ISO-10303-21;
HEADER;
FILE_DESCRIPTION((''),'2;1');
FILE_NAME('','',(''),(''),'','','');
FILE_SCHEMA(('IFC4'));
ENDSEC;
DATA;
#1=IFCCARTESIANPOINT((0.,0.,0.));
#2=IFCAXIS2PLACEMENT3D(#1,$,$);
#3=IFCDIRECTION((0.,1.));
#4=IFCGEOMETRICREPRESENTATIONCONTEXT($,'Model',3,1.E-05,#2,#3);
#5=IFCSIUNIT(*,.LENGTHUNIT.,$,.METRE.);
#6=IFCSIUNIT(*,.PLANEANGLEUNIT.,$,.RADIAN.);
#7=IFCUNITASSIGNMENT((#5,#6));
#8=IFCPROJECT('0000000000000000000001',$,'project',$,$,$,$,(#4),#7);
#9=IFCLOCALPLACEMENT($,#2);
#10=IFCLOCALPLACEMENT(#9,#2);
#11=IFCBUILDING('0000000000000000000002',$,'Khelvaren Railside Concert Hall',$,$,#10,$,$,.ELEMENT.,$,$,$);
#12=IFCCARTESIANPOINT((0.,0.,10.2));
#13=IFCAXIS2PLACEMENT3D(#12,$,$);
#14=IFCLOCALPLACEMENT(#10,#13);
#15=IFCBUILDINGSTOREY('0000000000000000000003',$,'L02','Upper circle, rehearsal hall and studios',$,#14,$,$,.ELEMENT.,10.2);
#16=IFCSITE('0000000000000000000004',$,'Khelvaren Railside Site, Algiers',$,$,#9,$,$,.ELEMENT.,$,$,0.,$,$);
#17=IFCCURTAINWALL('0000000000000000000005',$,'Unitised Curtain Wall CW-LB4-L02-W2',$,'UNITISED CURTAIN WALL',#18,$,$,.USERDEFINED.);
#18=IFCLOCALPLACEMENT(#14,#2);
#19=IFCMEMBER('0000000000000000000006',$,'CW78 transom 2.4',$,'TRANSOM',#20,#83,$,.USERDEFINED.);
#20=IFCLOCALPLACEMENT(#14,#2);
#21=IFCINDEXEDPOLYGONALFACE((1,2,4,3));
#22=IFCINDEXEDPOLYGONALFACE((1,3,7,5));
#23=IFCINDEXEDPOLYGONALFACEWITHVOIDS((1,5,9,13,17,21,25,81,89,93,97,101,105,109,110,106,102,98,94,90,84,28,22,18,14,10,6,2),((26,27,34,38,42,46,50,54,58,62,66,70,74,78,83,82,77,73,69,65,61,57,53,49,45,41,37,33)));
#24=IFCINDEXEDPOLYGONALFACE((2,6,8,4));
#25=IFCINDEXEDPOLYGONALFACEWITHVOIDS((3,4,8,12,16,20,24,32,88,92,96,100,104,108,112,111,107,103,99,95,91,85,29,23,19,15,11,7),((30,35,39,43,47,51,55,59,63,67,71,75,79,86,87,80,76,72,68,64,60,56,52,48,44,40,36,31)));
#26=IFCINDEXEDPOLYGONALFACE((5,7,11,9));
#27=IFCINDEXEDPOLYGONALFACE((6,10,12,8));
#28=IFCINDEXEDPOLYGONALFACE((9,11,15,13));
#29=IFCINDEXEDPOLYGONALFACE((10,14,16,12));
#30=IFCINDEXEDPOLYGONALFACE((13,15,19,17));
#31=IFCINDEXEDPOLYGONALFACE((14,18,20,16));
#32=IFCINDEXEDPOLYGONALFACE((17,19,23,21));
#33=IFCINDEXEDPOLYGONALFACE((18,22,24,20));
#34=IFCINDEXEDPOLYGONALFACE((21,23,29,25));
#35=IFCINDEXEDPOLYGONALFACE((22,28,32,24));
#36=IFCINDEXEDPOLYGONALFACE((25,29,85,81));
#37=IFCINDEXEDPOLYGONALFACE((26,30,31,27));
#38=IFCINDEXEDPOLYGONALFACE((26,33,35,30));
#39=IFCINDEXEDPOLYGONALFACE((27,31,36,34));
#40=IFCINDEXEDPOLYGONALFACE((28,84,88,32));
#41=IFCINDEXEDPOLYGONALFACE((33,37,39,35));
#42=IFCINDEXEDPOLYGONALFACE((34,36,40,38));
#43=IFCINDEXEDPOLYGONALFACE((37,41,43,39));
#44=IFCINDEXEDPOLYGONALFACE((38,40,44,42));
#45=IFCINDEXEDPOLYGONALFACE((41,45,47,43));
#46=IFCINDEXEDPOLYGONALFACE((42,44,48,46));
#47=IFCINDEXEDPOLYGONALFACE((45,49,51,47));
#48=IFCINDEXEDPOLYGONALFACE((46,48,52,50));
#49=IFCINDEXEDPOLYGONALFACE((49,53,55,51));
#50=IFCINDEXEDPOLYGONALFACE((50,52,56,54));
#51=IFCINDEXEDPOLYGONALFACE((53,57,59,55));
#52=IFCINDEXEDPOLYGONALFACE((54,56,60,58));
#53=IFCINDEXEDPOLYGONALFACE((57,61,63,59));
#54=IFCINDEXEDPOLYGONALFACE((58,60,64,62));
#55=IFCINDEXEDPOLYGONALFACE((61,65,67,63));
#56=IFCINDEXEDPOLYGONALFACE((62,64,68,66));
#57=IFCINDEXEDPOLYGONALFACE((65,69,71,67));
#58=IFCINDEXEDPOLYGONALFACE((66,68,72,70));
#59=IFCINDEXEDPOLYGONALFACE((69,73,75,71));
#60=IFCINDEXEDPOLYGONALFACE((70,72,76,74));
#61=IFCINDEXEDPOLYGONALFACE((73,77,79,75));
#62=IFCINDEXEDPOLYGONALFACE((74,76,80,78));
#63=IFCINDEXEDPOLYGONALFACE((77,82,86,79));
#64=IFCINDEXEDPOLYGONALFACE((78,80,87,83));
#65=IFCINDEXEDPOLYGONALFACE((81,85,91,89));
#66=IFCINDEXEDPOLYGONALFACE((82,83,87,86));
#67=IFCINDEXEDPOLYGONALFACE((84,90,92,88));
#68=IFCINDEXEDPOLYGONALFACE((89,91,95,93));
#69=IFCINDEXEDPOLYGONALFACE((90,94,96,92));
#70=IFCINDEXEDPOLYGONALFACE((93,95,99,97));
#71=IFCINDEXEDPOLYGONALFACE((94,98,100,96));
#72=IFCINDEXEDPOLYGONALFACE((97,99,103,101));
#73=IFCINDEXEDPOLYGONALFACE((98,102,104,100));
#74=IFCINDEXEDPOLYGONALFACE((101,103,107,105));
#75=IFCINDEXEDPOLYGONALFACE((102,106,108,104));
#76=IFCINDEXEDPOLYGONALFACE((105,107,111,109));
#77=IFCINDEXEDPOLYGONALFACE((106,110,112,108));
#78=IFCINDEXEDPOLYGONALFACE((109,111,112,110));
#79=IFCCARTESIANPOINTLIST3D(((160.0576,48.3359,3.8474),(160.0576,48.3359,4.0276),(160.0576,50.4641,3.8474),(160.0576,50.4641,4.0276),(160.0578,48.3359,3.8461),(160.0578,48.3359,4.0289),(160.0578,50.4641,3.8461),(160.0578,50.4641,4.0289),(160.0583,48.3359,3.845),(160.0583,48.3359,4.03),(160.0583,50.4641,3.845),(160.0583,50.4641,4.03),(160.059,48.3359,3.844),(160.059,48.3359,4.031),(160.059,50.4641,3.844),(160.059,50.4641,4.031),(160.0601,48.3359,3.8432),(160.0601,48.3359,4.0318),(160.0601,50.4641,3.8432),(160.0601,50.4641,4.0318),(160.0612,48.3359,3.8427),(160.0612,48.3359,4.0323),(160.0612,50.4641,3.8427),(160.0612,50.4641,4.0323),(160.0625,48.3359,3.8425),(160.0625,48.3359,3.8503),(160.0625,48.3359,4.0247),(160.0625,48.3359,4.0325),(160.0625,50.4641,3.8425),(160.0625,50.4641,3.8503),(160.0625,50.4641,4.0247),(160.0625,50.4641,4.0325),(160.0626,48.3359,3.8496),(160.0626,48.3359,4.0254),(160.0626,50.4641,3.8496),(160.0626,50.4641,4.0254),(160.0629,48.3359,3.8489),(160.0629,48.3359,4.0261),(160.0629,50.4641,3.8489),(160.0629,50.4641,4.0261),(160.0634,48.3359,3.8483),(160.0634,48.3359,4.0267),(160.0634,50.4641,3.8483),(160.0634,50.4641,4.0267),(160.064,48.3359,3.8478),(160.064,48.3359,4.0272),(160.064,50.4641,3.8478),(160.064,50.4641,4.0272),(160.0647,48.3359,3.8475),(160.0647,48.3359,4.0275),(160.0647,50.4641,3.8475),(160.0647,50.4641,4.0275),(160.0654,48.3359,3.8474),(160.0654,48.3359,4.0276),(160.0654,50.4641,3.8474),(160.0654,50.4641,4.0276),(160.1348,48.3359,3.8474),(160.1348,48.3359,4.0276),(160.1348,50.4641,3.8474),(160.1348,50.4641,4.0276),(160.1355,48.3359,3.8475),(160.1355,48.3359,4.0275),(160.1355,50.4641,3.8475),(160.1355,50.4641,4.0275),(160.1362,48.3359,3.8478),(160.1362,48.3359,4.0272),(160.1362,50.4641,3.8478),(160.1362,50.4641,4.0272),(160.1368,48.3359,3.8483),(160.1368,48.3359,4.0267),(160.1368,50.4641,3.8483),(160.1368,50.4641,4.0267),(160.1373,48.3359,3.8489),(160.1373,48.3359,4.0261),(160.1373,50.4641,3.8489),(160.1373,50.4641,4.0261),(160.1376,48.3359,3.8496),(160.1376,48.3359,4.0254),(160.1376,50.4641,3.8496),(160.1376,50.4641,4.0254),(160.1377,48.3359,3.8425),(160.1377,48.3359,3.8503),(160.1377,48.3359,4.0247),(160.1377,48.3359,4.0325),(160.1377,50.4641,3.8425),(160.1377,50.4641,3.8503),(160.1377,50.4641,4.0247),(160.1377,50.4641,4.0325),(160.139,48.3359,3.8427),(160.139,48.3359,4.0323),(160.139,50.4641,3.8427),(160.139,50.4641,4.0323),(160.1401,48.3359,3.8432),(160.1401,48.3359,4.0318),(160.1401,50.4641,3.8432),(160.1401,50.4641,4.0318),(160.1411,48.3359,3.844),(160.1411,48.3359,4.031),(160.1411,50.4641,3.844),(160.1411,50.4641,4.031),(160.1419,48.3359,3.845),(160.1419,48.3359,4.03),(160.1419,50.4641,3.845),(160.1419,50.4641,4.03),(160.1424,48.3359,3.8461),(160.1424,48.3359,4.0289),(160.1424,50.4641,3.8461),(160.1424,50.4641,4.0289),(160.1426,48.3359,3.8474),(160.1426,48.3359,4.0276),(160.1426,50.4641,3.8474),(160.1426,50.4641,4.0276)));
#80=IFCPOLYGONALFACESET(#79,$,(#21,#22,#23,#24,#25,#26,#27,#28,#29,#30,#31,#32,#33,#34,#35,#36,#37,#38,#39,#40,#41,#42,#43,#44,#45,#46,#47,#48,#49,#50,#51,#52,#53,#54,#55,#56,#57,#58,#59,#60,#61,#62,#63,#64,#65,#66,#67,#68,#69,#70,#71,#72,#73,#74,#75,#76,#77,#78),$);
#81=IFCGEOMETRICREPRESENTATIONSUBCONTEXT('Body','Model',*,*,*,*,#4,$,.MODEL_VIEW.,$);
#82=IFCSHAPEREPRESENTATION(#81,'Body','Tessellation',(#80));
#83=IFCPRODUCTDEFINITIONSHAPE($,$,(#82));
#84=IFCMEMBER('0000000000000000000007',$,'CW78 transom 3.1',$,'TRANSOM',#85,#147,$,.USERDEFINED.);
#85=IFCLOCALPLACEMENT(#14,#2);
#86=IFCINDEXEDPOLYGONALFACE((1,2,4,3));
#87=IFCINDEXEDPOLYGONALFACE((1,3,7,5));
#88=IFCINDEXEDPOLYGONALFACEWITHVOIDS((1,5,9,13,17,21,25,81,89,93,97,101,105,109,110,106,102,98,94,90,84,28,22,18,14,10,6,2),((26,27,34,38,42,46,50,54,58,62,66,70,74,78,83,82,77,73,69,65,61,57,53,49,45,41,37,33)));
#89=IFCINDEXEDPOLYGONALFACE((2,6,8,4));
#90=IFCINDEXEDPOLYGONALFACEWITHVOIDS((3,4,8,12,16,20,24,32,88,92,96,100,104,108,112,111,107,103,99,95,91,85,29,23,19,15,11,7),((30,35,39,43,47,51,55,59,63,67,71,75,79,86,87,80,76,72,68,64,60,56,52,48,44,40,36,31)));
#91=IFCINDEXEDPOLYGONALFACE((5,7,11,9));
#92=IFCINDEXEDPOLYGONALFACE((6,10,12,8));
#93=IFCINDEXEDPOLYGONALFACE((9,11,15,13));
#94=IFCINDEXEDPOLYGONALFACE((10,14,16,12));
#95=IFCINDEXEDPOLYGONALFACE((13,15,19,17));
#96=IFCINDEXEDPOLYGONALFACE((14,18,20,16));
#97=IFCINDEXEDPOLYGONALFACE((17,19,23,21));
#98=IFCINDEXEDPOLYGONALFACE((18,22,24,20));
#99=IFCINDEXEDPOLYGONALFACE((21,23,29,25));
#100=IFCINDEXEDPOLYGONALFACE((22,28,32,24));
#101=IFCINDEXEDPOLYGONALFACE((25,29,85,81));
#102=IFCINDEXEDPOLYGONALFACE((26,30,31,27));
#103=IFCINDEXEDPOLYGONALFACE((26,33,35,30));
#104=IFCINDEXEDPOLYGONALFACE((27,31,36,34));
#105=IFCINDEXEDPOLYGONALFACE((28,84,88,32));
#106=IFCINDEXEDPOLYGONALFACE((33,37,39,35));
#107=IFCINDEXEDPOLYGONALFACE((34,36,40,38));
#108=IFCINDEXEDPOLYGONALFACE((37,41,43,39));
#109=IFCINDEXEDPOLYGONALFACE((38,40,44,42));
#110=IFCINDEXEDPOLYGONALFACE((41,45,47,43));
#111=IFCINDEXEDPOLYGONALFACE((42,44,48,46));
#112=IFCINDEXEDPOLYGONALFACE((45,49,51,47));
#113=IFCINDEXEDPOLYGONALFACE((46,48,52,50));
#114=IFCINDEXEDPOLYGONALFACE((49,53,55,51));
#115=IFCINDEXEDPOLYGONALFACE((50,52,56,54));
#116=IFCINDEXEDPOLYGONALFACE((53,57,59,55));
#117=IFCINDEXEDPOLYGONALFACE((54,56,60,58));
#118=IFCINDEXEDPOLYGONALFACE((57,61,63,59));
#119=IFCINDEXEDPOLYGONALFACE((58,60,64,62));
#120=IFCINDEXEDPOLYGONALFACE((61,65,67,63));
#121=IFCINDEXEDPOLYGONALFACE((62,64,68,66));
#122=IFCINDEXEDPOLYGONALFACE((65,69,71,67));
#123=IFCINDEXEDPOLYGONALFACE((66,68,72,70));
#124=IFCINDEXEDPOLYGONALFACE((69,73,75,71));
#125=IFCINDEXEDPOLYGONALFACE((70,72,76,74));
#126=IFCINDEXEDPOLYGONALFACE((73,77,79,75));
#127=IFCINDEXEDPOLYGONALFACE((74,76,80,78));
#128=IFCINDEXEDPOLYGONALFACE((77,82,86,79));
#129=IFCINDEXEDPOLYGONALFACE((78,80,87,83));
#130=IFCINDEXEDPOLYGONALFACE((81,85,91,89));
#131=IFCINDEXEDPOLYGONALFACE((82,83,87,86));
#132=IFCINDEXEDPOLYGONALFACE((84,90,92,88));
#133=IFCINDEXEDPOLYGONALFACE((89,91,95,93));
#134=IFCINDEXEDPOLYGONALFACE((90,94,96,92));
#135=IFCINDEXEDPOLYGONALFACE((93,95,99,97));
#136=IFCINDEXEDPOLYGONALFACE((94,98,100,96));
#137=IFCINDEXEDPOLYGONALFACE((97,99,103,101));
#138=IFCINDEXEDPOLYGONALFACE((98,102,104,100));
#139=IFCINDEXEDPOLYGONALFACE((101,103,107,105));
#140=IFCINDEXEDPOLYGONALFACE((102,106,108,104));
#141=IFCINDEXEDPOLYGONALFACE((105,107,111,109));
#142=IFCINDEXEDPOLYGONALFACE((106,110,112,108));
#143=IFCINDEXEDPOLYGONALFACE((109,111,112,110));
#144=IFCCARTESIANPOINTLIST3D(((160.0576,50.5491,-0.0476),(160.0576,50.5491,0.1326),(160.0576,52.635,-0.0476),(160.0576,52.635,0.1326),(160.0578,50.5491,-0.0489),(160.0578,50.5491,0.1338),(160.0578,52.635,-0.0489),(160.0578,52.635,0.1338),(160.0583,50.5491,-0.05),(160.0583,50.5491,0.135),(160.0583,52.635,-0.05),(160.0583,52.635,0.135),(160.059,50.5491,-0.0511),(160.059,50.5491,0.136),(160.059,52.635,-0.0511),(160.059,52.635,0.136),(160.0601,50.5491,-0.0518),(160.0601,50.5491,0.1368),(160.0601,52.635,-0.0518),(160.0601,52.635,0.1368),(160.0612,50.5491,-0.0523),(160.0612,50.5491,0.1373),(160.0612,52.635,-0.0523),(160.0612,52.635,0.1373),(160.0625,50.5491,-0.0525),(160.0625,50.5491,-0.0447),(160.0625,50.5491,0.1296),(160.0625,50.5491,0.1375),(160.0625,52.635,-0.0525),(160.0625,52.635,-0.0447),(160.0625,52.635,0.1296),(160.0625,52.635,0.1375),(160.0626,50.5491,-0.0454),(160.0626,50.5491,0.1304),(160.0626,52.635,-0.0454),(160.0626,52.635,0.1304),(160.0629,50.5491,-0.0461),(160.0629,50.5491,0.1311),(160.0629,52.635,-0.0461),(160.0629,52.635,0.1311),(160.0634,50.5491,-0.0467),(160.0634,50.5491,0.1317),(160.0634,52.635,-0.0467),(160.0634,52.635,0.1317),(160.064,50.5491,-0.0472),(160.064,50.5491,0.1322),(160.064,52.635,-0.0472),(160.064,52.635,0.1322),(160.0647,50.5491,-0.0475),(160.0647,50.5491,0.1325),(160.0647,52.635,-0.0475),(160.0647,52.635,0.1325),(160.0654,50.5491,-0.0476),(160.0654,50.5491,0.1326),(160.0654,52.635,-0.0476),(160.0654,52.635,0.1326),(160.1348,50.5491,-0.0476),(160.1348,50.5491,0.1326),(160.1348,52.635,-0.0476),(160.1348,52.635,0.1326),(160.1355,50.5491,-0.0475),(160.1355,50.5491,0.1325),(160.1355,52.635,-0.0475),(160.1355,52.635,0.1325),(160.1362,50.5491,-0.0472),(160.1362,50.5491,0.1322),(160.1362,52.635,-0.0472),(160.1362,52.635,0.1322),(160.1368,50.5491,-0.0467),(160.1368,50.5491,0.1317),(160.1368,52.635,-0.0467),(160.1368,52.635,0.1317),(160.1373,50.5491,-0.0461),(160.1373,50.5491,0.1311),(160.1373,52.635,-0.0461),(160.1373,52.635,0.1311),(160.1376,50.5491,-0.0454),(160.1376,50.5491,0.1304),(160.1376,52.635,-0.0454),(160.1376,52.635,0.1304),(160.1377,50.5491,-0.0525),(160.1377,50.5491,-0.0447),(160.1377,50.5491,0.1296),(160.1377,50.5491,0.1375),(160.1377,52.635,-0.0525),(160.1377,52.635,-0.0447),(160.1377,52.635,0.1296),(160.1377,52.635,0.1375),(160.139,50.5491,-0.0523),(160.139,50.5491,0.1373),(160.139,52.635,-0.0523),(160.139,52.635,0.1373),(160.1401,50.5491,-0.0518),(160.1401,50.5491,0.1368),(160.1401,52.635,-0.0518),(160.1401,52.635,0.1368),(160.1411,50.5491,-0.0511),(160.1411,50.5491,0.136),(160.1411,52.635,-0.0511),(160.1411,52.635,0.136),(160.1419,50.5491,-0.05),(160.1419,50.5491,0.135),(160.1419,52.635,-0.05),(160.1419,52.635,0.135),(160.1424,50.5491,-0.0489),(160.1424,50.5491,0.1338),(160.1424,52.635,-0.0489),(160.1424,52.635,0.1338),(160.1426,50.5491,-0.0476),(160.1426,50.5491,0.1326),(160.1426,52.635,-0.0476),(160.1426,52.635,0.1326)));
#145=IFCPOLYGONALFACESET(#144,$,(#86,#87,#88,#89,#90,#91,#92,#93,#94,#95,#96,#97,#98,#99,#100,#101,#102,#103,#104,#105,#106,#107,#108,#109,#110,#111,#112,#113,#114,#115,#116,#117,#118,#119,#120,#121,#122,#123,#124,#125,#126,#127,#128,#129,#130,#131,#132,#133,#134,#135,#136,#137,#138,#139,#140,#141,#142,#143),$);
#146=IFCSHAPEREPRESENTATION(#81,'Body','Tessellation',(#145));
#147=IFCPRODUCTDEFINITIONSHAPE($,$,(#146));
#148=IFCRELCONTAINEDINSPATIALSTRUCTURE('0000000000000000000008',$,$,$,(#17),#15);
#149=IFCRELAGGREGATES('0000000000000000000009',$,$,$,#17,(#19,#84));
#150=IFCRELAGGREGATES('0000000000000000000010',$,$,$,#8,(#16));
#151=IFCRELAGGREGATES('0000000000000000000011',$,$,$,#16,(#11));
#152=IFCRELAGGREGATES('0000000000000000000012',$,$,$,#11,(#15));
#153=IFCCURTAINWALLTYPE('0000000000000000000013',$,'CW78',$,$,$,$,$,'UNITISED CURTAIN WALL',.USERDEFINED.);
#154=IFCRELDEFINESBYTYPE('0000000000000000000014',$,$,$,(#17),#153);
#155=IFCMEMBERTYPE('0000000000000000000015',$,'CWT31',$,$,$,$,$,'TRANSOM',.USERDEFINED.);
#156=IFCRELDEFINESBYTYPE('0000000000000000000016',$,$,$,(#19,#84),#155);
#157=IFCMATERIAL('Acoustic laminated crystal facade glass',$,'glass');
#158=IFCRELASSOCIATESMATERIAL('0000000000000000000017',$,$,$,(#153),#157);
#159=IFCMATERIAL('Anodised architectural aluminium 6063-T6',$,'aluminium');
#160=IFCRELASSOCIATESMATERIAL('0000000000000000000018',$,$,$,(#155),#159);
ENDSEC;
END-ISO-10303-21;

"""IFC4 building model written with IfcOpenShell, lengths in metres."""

from ifc_helpers import new_model, si_unit, direction, frame, origin, origin_2d, place, context, subcontext, project, spatial, hollow_rectangle, extrude, material, material_profile, profile_set, type_object, element, aggregate, save


model = new_model("IFC4")

# Units and contexts
model_context = context("Model", 3, precision=1e-05, world=origin(), true_north=direction((0.0, 1.0)))
body_context = subcontext(model_context, "Body", "Model", "MODEL_VIEW")
ifc_project = project(units=[si_unit("LENGTHUNIT", "METRE"), si_unit("PLANEANGLEUNIT", "RADIAN")], contexts=[model_context])

# Site, building, storey
site_placement = place(None, origin())
site = spatial("IfcSite", under=ifc_project, at=site_placement, Name="Khelvaren Railside Site, Algiers", CompositionType="ELEMENT", RefElevation=0.0)
building_placement = place(site_placement, origin())
building = spatial("IfcBuilding", under=site, at=building_placement, Name="Khelvaren Railside Concert Hall", CompositionType="ELEMENT")
storey_placement = place(building_placement, frame((0.0, 0.0, 10.2)))
storey = spatial("IfcBuildingStorey", under=building, at=storey_placement, Name="L02", Description="Upper circle, rehearsal hall and studios", CompositionType="ELEMENT", Elevation=10.2)

# Curtain wall, members
ifc_material_1 = material(Name="Acoustic laminated crystal facade glass", Category="glass")
curtain_wall_type = type_object("IfcCurtainWallType", Name="CW78", ElementType="UNITISED CURTAIN WALL", PredefinedType="USERDEFINED", material=ifc_material_1)
curtain_wall_placement = place(storey_placement, origin())
curtain_wall = element("IfcCurtainWall", 1, at=curtain_wall_placement, inside=storey, type_object=curtain_wall_type, Name="Unitised Curtain Wall CW-LB4-L02-W2", ObjectType="UNITISED CURTAIN WALL", PredefinedType="USERDEFINED")
ifc_material_2 = material(Name="Anodised architectural aluminium 6063-T6", Category="aluminium")
ifc_material_profile_1 = material_profile(ifc_material_2, hollow_rectangle(XDim=0.085, YDim=0.1899, WallThickness=0.0049, InnerFilletRadius=0.0029, OuterFilletRadius=0.0049, at=origin_2d()), Name="CWT 85x190x5")
ifc_profile_set_1 = profile_set([ifc_material_profile_1], Name="Anodised architectural aluminium 6063-T6")
member_type_1 = type_object("IfcMemberType", Name="CWT31", ElementType="TRANSOM", PredefinedType="USERDEFINED", material=ifc_profile_set_1)
member_1_placement = place(storey_placement, frame((160.1001, 48.3359, 3.9375), z_axis=(0.0, 1.0, 0.0), x_axis=(-1.0, 0.0, 0.0)))
member_1 = element("IfcMember", 2, at=member_1_placement, type_object=member_type_1, Name="CW78 transom 2.4", ObjectType="TRANSOM", PredefinedType="USERDEFINED", context=body_context, shape_type="SweptSolid", body=[
    extrude(hollow_rectangle(XDim=0.085, YDim=0.1899, WallThickness=0.0049, InnerFilletRadius=0.0029, OuterFilletRadius=0.0049, at=origin_2d()), origin(), (0.0, 0.0, 1.0), 2.1282),
])
member_2_placement = place(storey_placement, frame((160.1001, 50.5491, 0.0425), z_axis=(0.0, 1.0, 0.0), x_axis=(-1.0, 0.0, 0.0)))
member_2 = element("IfcMember", 3, at=member_2_placement, type_object=member_type_1, Name="CW78 transom 3.1", ObjectType="TRANSOM", PredefinedType="USERDEFINED", context=body_context, shape_type="SweptSolid", body=[
    extrude(hollow_rectangle(XDim=0.085, YDim=0.1899, WallThickness=0.0049, InnerFilletRadius=0.0029, OuterFilletRadius=0.0049, at=origin_2d()), origin(), (0.0, 0.0, 1.0), 2.0859),
])

aggregate(curtain_wall, [member_1, member_2])

save(model, "model.ifc")
